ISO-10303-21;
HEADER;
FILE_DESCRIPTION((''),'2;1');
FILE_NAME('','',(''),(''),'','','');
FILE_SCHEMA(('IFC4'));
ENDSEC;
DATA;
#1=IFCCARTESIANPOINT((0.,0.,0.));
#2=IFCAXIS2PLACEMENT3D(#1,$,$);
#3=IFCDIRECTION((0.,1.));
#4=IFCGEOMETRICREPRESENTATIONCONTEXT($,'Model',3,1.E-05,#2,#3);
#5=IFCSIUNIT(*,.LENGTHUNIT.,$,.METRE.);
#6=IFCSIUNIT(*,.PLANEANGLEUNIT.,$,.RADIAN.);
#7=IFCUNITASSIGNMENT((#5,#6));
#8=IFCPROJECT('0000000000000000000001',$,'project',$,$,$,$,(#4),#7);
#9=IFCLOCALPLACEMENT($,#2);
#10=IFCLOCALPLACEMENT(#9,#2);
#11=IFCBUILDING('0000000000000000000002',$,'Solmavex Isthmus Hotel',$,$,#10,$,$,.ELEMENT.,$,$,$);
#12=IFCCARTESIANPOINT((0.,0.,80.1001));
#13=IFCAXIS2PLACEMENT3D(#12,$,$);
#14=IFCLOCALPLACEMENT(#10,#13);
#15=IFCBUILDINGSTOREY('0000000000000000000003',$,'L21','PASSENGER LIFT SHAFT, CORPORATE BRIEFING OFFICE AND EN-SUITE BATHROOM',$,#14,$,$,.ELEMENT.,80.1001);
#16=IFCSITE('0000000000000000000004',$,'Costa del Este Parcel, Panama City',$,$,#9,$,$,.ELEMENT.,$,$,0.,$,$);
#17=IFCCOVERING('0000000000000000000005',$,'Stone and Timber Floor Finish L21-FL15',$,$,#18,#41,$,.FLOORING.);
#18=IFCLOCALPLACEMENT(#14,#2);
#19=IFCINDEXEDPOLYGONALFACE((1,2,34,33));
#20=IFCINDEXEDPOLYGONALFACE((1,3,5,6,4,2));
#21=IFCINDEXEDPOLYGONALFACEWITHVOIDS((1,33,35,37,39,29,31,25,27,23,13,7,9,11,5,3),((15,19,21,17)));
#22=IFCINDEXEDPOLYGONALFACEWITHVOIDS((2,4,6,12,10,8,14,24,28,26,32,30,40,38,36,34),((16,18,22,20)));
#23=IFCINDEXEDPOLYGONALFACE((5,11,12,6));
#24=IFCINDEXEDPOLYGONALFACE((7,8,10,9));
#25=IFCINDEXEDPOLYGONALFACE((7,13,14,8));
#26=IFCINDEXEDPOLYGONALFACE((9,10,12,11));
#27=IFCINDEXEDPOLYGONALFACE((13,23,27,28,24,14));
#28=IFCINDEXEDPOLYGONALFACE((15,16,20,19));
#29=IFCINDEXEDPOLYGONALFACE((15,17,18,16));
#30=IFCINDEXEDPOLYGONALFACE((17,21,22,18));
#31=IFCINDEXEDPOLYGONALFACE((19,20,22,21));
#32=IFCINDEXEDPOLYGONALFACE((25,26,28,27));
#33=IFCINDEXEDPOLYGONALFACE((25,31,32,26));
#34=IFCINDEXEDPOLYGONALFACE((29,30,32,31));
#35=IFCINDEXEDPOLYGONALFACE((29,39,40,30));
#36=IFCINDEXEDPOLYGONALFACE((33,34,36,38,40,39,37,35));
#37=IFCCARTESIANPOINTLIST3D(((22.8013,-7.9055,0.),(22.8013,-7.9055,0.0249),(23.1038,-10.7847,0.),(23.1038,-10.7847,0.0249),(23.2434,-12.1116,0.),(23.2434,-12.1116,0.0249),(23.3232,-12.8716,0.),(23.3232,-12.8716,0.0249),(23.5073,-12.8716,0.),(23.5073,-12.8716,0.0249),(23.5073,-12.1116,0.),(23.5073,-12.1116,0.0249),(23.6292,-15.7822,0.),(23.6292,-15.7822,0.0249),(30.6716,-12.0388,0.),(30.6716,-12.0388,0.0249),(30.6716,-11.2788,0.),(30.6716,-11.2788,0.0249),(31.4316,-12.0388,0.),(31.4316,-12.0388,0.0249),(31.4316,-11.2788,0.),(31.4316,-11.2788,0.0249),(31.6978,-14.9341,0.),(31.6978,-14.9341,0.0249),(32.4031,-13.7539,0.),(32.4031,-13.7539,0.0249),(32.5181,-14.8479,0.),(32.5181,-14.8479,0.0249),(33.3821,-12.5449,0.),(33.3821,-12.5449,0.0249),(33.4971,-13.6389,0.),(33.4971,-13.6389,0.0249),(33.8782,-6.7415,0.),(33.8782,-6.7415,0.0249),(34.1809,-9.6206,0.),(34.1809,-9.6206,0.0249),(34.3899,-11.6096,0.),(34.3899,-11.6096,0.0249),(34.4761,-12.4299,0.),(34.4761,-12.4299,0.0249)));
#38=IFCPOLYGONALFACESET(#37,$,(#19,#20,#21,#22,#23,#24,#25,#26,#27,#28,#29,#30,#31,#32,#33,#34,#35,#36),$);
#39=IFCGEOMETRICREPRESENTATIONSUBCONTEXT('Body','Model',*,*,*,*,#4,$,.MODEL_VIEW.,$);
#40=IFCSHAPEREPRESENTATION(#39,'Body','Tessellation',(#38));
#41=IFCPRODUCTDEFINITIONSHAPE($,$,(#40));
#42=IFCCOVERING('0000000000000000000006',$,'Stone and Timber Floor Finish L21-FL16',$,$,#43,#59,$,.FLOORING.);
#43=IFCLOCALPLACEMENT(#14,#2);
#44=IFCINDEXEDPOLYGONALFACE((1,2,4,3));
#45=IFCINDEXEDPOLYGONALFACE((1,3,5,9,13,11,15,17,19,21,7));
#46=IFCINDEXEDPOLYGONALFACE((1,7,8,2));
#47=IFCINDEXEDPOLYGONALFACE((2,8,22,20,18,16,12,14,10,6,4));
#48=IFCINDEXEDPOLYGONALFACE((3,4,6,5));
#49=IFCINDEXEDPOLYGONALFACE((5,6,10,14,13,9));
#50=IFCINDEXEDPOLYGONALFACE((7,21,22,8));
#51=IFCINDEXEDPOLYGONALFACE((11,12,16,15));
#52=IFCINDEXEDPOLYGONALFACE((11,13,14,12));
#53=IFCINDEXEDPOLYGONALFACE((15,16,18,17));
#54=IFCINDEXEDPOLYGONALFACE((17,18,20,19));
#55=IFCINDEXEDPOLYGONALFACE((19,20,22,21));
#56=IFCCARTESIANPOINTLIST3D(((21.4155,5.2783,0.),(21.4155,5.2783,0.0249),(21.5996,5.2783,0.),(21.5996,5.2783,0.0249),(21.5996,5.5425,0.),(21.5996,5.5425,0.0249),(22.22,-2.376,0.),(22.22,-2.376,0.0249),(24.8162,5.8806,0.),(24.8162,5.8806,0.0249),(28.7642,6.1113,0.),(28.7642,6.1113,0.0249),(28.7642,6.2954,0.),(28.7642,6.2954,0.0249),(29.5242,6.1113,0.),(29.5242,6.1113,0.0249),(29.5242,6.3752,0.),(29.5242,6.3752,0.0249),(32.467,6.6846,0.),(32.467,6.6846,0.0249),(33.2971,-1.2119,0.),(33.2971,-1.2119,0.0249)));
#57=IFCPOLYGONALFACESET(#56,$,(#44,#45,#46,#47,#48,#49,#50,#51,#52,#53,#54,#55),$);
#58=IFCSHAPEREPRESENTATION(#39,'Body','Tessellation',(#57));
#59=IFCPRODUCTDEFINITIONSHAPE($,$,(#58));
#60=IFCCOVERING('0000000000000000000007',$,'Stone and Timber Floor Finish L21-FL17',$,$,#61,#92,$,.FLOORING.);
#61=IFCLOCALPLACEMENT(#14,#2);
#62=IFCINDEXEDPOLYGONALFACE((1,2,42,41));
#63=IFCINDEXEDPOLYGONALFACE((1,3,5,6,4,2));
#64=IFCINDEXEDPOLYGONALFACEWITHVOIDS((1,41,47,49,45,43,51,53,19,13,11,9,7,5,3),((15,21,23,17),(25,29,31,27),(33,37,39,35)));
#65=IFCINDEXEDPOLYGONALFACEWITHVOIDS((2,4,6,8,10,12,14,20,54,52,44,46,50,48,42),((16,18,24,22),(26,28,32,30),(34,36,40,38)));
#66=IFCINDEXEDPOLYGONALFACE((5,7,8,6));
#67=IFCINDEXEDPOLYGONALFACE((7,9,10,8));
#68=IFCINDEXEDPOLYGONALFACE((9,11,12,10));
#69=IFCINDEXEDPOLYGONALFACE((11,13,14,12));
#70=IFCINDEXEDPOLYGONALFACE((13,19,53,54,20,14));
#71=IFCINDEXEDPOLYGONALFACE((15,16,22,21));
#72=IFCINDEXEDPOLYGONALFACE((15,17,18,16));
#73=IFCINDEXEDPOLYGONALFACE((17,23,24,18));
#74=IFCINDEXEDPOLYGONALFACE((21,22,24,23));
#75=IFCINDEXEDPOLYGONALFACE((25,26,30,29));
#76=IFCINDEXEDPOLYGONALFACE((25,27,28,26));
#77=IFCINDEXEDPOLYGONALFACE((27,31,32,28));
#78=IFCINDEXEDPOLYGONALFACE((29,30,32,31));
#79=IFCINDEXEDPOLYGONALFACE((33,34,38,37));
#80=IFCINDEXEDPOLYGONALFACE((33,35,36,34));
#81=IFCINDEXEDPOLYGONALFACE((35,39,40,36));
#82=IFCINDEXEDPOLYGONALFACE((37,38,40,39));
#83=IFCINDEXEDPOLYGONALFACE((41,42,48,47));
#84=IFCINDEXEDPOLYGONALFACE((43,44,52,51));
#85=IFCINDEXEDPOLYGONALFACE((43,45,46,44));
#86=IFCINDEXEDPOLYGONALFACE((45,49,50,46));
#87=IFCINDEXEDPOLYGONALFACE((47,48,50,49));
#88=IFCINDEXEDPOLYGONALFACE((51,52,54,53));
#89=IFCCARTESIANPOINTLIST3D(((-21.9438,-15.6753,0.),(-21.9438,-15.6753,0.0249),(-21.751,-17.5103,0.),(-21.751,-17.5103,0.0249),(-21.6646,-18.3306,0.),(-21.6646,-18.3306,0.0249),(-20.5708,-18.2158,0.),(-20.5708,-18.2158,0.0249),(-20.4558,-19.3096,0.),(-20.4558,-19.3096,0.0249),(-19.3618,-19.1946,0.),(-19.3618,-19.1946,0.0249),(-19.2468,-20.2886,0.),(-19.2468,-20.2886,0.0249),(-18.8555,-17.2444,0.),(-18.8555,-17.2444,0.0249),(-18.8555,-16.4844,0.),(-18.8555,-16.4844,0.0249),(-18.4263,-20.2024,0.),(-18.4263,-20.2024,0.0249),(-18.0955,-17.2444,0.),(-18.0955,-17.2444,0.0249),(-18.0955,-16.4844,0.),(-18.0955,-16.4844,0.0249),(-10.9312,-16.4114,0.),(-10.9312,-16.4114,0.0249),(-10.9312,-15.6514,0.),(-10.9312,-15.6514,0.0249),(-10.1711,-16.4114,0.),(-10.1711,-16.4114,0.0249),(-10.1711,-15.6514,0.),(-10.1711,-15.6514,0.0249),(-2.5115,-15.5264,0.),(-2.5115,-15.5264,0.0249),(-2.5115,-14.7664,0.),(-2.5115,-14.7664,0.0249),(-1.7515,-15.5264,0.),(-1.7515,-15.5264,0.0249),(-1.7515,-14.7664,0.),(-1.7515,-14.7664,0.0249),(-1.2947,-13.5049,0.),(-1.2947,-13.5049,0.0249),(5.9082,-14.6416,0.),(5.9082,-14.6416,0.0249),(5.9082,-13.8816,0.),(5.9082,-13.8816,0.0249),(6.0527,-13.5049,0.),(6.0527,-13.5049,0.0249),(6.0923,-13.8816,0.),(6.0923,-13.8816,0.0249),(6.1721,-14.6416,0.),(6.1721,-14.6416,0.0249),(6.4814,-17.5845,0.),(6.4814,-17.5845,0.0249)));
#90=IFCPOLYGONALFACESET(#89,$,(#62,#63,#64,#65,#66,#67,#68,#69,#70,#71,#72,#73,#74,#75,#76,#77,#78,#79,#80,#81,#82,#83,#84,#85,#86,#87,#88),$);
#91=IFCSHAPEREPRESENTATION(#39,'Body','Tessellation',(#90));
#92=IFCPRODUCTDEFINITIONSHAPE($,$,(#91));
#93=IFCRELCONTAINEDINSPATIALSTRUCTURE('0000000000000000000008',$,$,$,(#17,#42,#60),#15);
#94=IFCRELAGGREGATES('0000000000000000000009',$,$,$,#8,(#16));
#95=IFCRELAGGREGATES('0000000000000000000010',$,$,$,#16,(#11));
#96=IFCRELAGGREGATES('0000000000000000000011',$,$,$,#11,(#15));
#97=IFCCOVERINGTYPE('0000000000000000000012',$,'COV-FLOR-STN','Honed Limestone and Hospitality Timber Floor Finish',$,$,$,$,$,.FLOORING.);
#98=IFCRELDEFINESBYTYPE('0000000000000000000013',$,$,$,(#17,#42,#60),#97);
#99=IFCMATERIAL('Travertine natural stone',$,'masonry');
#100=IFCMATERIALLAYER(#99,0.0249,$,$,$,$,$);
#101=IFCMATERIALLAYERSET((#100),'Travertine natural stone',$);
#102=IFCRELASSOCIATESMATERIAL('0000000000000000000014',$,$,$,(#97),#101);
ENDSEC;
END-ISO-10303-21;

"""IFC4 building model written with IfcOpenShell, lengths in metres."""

from ifc_helpers import new_model, si_unit, direction, frame, origin, place, context, subcontext, project, spatial, polyline, outline, extrude, material, layer, layer_set, type_object, element, save


model = new_model("IFC4")

# Units and contexts
model_context = context("Model", 3, precision=1e-05, world=origin(), true_north=direction((0.0, 1.0)))
body_context = subcontext(model_context, "Body", "Model", "MODEL_VIEW")
ifc_project = project(units=[si_unit("LENGTHUNIT", "METRE"), si_unit("PLANEANGLEUNIT", "RADIAN")], contexts=[model_context])

# Site, building, storey
site_placement = place(None, origin())
site = spatial("IfcSite", under=ifc_project, at=site_placement, Name="Costa del Este Parcel, Panama City", CompositionType="ELEMENT", RefElevation=0.0)
building_placement = place(site_placement, origin())
building = spatial("IfcBuilding", under=site, at=building_placement, Name="Solmavex Isthmus Hotel", CompositionType="ELEMENT")
storey_placement = place(building_placement, frame((0.0, 0.0, 80.1001)))
storey = spatial("IfcBuildingStorey", under=building, at=storey_placement, Name="L21", Description="PASSENGER LIFT SHAFT, CORPORATE BRIEFING OFFICE AND EN-SUITE BATHROOM", CompositionType="ELEMENT", Elevation=80.1001)

# Coverings
ifc_material_1 = material(Name="Travertine natural stone", Category="masonry")
ifc_layer_1 = layer(ifc_material_1, 0.0249)
ifc_layer_set_1 = layer_set([ifc_layer_1], Name="Travertine natural stone")
covering_type_1 = type_object("IfcCoveringType", Name="COV-FLOR-STN", Description="Honed Limestone and Hospitality Timber Floor Finish", PredefinedType="FLOORING", material=ifc_layer_set_1)
covering_1_placement = place(storey_placement, origin())
element("IfcCovering", 1, at=covering_1_placement, inside=storey, type_object=covering_type_1, Name="Stone and Timber Floor Finish L21-FL15", PredefinedType="FLOORING", context=body_context, shape_type="SweptSolid", body=[
    extrude(outline(polyline([(23.2434, -12.1116), (23.5073, -12.1116), (23.5073, -12.8716), (23.3232, -12.8716), (23.6292, -15.7822), (31.6978, -14.9341), (32.5181, -14.8479), (32.4031, -13.7539), (33.4971, -13.6389), (33.3821, -12.5449), (34.4761, -12.4299), (34.3899, -11.6096), (34.1809, -9.6206), (33.8782, -6.7415), (22.8013, -7.9055), (23.1038, -10.7847), (23.2434, -12.1116)]), holes=[polyline([(30.6716, -12.0388), (30.6716, -11.2788), (31.4316, -11.2788), (31.4316, -12.0388), (30.6716, -12.0388)])]), origin(), (0.0, 0.0, 1.0), 0.0249),
])
covering_2_placement = place(storey_placement, origin())
element("IfcCovering", 2, at=covering_2_placement, inside=storey, type_object=covering_type_1, Name="Stone and Timber Floor Finish L21-FL16", PredefinedType="FLOORING", context=body_context, shape_type="SweptSolid", body=[
    extrude(outline(polyline([(29.5242, 6.3752), (29.5242, 6.1113), (28.7642, 6.1113), (28.7642, 6.2954), (24.8162, 5.8806), (21.5996, 5.5425), (21.5996, 5.2783), (21.4155, 5.2783), (22.22, -2.376), (33.2971, -1.2119), (32.467, 6.6846), (29.5242, 6.3752)])), origin(), (0.0, 0.0, 1.0), 0.0249),
])
covering_3_placement = place(storey_placement, origin())
element("IfcCovering", 3, at=covering_3_placement, inside=storey, type_object=covering_type_1, Name="Stone and Timber Floor Finish L21-FL17", PredefinedType="FLOORING", context=body_context, shape_type="SweptSolid", body=[
    extrude(outline(polyline([(6.1721, -14.6416), (5.9082, -14.6416), (5.9082, -13.8816), (6.0923, -13.8816), (6.0527, -13.5049), (-1.2947, -13.5049), (-21.9438, -15.6753), (-21.751, -17.5103), (-21.6646, -18.3306), (-20.5708, -18.2158), (-20.4558, -19.3096), (-19.3618, -19.1946), (-19.2468, -20.2886), (-18.4263, -20.2024), (6.4814, -17.5845), (6.1721, -14.6416)]), holes=[polyline([(-2.5115, -15.5264), (-2.5115, -14.7664), (-1.7515, -14.7664), (-1.7515, -15.5264), (-2.5115, -15.5264)]), polyline([(-10.9312, -16.4114), (-10.9312, -15.6514), (-10.1711, -15.6514), (-10.1711, -16.4114), (-10.9312, -16.4114)]), polyline([(-18.8555, -17.2444), (-18.8555, -16.4844), (-18.0955, -16.4844), (-18.0955, -17.2444), (-18.8555, -17.2444)])]), origin(), (0.0, 0.0, 1.0), 0.0249),
])

save(model, "model.ifc")
